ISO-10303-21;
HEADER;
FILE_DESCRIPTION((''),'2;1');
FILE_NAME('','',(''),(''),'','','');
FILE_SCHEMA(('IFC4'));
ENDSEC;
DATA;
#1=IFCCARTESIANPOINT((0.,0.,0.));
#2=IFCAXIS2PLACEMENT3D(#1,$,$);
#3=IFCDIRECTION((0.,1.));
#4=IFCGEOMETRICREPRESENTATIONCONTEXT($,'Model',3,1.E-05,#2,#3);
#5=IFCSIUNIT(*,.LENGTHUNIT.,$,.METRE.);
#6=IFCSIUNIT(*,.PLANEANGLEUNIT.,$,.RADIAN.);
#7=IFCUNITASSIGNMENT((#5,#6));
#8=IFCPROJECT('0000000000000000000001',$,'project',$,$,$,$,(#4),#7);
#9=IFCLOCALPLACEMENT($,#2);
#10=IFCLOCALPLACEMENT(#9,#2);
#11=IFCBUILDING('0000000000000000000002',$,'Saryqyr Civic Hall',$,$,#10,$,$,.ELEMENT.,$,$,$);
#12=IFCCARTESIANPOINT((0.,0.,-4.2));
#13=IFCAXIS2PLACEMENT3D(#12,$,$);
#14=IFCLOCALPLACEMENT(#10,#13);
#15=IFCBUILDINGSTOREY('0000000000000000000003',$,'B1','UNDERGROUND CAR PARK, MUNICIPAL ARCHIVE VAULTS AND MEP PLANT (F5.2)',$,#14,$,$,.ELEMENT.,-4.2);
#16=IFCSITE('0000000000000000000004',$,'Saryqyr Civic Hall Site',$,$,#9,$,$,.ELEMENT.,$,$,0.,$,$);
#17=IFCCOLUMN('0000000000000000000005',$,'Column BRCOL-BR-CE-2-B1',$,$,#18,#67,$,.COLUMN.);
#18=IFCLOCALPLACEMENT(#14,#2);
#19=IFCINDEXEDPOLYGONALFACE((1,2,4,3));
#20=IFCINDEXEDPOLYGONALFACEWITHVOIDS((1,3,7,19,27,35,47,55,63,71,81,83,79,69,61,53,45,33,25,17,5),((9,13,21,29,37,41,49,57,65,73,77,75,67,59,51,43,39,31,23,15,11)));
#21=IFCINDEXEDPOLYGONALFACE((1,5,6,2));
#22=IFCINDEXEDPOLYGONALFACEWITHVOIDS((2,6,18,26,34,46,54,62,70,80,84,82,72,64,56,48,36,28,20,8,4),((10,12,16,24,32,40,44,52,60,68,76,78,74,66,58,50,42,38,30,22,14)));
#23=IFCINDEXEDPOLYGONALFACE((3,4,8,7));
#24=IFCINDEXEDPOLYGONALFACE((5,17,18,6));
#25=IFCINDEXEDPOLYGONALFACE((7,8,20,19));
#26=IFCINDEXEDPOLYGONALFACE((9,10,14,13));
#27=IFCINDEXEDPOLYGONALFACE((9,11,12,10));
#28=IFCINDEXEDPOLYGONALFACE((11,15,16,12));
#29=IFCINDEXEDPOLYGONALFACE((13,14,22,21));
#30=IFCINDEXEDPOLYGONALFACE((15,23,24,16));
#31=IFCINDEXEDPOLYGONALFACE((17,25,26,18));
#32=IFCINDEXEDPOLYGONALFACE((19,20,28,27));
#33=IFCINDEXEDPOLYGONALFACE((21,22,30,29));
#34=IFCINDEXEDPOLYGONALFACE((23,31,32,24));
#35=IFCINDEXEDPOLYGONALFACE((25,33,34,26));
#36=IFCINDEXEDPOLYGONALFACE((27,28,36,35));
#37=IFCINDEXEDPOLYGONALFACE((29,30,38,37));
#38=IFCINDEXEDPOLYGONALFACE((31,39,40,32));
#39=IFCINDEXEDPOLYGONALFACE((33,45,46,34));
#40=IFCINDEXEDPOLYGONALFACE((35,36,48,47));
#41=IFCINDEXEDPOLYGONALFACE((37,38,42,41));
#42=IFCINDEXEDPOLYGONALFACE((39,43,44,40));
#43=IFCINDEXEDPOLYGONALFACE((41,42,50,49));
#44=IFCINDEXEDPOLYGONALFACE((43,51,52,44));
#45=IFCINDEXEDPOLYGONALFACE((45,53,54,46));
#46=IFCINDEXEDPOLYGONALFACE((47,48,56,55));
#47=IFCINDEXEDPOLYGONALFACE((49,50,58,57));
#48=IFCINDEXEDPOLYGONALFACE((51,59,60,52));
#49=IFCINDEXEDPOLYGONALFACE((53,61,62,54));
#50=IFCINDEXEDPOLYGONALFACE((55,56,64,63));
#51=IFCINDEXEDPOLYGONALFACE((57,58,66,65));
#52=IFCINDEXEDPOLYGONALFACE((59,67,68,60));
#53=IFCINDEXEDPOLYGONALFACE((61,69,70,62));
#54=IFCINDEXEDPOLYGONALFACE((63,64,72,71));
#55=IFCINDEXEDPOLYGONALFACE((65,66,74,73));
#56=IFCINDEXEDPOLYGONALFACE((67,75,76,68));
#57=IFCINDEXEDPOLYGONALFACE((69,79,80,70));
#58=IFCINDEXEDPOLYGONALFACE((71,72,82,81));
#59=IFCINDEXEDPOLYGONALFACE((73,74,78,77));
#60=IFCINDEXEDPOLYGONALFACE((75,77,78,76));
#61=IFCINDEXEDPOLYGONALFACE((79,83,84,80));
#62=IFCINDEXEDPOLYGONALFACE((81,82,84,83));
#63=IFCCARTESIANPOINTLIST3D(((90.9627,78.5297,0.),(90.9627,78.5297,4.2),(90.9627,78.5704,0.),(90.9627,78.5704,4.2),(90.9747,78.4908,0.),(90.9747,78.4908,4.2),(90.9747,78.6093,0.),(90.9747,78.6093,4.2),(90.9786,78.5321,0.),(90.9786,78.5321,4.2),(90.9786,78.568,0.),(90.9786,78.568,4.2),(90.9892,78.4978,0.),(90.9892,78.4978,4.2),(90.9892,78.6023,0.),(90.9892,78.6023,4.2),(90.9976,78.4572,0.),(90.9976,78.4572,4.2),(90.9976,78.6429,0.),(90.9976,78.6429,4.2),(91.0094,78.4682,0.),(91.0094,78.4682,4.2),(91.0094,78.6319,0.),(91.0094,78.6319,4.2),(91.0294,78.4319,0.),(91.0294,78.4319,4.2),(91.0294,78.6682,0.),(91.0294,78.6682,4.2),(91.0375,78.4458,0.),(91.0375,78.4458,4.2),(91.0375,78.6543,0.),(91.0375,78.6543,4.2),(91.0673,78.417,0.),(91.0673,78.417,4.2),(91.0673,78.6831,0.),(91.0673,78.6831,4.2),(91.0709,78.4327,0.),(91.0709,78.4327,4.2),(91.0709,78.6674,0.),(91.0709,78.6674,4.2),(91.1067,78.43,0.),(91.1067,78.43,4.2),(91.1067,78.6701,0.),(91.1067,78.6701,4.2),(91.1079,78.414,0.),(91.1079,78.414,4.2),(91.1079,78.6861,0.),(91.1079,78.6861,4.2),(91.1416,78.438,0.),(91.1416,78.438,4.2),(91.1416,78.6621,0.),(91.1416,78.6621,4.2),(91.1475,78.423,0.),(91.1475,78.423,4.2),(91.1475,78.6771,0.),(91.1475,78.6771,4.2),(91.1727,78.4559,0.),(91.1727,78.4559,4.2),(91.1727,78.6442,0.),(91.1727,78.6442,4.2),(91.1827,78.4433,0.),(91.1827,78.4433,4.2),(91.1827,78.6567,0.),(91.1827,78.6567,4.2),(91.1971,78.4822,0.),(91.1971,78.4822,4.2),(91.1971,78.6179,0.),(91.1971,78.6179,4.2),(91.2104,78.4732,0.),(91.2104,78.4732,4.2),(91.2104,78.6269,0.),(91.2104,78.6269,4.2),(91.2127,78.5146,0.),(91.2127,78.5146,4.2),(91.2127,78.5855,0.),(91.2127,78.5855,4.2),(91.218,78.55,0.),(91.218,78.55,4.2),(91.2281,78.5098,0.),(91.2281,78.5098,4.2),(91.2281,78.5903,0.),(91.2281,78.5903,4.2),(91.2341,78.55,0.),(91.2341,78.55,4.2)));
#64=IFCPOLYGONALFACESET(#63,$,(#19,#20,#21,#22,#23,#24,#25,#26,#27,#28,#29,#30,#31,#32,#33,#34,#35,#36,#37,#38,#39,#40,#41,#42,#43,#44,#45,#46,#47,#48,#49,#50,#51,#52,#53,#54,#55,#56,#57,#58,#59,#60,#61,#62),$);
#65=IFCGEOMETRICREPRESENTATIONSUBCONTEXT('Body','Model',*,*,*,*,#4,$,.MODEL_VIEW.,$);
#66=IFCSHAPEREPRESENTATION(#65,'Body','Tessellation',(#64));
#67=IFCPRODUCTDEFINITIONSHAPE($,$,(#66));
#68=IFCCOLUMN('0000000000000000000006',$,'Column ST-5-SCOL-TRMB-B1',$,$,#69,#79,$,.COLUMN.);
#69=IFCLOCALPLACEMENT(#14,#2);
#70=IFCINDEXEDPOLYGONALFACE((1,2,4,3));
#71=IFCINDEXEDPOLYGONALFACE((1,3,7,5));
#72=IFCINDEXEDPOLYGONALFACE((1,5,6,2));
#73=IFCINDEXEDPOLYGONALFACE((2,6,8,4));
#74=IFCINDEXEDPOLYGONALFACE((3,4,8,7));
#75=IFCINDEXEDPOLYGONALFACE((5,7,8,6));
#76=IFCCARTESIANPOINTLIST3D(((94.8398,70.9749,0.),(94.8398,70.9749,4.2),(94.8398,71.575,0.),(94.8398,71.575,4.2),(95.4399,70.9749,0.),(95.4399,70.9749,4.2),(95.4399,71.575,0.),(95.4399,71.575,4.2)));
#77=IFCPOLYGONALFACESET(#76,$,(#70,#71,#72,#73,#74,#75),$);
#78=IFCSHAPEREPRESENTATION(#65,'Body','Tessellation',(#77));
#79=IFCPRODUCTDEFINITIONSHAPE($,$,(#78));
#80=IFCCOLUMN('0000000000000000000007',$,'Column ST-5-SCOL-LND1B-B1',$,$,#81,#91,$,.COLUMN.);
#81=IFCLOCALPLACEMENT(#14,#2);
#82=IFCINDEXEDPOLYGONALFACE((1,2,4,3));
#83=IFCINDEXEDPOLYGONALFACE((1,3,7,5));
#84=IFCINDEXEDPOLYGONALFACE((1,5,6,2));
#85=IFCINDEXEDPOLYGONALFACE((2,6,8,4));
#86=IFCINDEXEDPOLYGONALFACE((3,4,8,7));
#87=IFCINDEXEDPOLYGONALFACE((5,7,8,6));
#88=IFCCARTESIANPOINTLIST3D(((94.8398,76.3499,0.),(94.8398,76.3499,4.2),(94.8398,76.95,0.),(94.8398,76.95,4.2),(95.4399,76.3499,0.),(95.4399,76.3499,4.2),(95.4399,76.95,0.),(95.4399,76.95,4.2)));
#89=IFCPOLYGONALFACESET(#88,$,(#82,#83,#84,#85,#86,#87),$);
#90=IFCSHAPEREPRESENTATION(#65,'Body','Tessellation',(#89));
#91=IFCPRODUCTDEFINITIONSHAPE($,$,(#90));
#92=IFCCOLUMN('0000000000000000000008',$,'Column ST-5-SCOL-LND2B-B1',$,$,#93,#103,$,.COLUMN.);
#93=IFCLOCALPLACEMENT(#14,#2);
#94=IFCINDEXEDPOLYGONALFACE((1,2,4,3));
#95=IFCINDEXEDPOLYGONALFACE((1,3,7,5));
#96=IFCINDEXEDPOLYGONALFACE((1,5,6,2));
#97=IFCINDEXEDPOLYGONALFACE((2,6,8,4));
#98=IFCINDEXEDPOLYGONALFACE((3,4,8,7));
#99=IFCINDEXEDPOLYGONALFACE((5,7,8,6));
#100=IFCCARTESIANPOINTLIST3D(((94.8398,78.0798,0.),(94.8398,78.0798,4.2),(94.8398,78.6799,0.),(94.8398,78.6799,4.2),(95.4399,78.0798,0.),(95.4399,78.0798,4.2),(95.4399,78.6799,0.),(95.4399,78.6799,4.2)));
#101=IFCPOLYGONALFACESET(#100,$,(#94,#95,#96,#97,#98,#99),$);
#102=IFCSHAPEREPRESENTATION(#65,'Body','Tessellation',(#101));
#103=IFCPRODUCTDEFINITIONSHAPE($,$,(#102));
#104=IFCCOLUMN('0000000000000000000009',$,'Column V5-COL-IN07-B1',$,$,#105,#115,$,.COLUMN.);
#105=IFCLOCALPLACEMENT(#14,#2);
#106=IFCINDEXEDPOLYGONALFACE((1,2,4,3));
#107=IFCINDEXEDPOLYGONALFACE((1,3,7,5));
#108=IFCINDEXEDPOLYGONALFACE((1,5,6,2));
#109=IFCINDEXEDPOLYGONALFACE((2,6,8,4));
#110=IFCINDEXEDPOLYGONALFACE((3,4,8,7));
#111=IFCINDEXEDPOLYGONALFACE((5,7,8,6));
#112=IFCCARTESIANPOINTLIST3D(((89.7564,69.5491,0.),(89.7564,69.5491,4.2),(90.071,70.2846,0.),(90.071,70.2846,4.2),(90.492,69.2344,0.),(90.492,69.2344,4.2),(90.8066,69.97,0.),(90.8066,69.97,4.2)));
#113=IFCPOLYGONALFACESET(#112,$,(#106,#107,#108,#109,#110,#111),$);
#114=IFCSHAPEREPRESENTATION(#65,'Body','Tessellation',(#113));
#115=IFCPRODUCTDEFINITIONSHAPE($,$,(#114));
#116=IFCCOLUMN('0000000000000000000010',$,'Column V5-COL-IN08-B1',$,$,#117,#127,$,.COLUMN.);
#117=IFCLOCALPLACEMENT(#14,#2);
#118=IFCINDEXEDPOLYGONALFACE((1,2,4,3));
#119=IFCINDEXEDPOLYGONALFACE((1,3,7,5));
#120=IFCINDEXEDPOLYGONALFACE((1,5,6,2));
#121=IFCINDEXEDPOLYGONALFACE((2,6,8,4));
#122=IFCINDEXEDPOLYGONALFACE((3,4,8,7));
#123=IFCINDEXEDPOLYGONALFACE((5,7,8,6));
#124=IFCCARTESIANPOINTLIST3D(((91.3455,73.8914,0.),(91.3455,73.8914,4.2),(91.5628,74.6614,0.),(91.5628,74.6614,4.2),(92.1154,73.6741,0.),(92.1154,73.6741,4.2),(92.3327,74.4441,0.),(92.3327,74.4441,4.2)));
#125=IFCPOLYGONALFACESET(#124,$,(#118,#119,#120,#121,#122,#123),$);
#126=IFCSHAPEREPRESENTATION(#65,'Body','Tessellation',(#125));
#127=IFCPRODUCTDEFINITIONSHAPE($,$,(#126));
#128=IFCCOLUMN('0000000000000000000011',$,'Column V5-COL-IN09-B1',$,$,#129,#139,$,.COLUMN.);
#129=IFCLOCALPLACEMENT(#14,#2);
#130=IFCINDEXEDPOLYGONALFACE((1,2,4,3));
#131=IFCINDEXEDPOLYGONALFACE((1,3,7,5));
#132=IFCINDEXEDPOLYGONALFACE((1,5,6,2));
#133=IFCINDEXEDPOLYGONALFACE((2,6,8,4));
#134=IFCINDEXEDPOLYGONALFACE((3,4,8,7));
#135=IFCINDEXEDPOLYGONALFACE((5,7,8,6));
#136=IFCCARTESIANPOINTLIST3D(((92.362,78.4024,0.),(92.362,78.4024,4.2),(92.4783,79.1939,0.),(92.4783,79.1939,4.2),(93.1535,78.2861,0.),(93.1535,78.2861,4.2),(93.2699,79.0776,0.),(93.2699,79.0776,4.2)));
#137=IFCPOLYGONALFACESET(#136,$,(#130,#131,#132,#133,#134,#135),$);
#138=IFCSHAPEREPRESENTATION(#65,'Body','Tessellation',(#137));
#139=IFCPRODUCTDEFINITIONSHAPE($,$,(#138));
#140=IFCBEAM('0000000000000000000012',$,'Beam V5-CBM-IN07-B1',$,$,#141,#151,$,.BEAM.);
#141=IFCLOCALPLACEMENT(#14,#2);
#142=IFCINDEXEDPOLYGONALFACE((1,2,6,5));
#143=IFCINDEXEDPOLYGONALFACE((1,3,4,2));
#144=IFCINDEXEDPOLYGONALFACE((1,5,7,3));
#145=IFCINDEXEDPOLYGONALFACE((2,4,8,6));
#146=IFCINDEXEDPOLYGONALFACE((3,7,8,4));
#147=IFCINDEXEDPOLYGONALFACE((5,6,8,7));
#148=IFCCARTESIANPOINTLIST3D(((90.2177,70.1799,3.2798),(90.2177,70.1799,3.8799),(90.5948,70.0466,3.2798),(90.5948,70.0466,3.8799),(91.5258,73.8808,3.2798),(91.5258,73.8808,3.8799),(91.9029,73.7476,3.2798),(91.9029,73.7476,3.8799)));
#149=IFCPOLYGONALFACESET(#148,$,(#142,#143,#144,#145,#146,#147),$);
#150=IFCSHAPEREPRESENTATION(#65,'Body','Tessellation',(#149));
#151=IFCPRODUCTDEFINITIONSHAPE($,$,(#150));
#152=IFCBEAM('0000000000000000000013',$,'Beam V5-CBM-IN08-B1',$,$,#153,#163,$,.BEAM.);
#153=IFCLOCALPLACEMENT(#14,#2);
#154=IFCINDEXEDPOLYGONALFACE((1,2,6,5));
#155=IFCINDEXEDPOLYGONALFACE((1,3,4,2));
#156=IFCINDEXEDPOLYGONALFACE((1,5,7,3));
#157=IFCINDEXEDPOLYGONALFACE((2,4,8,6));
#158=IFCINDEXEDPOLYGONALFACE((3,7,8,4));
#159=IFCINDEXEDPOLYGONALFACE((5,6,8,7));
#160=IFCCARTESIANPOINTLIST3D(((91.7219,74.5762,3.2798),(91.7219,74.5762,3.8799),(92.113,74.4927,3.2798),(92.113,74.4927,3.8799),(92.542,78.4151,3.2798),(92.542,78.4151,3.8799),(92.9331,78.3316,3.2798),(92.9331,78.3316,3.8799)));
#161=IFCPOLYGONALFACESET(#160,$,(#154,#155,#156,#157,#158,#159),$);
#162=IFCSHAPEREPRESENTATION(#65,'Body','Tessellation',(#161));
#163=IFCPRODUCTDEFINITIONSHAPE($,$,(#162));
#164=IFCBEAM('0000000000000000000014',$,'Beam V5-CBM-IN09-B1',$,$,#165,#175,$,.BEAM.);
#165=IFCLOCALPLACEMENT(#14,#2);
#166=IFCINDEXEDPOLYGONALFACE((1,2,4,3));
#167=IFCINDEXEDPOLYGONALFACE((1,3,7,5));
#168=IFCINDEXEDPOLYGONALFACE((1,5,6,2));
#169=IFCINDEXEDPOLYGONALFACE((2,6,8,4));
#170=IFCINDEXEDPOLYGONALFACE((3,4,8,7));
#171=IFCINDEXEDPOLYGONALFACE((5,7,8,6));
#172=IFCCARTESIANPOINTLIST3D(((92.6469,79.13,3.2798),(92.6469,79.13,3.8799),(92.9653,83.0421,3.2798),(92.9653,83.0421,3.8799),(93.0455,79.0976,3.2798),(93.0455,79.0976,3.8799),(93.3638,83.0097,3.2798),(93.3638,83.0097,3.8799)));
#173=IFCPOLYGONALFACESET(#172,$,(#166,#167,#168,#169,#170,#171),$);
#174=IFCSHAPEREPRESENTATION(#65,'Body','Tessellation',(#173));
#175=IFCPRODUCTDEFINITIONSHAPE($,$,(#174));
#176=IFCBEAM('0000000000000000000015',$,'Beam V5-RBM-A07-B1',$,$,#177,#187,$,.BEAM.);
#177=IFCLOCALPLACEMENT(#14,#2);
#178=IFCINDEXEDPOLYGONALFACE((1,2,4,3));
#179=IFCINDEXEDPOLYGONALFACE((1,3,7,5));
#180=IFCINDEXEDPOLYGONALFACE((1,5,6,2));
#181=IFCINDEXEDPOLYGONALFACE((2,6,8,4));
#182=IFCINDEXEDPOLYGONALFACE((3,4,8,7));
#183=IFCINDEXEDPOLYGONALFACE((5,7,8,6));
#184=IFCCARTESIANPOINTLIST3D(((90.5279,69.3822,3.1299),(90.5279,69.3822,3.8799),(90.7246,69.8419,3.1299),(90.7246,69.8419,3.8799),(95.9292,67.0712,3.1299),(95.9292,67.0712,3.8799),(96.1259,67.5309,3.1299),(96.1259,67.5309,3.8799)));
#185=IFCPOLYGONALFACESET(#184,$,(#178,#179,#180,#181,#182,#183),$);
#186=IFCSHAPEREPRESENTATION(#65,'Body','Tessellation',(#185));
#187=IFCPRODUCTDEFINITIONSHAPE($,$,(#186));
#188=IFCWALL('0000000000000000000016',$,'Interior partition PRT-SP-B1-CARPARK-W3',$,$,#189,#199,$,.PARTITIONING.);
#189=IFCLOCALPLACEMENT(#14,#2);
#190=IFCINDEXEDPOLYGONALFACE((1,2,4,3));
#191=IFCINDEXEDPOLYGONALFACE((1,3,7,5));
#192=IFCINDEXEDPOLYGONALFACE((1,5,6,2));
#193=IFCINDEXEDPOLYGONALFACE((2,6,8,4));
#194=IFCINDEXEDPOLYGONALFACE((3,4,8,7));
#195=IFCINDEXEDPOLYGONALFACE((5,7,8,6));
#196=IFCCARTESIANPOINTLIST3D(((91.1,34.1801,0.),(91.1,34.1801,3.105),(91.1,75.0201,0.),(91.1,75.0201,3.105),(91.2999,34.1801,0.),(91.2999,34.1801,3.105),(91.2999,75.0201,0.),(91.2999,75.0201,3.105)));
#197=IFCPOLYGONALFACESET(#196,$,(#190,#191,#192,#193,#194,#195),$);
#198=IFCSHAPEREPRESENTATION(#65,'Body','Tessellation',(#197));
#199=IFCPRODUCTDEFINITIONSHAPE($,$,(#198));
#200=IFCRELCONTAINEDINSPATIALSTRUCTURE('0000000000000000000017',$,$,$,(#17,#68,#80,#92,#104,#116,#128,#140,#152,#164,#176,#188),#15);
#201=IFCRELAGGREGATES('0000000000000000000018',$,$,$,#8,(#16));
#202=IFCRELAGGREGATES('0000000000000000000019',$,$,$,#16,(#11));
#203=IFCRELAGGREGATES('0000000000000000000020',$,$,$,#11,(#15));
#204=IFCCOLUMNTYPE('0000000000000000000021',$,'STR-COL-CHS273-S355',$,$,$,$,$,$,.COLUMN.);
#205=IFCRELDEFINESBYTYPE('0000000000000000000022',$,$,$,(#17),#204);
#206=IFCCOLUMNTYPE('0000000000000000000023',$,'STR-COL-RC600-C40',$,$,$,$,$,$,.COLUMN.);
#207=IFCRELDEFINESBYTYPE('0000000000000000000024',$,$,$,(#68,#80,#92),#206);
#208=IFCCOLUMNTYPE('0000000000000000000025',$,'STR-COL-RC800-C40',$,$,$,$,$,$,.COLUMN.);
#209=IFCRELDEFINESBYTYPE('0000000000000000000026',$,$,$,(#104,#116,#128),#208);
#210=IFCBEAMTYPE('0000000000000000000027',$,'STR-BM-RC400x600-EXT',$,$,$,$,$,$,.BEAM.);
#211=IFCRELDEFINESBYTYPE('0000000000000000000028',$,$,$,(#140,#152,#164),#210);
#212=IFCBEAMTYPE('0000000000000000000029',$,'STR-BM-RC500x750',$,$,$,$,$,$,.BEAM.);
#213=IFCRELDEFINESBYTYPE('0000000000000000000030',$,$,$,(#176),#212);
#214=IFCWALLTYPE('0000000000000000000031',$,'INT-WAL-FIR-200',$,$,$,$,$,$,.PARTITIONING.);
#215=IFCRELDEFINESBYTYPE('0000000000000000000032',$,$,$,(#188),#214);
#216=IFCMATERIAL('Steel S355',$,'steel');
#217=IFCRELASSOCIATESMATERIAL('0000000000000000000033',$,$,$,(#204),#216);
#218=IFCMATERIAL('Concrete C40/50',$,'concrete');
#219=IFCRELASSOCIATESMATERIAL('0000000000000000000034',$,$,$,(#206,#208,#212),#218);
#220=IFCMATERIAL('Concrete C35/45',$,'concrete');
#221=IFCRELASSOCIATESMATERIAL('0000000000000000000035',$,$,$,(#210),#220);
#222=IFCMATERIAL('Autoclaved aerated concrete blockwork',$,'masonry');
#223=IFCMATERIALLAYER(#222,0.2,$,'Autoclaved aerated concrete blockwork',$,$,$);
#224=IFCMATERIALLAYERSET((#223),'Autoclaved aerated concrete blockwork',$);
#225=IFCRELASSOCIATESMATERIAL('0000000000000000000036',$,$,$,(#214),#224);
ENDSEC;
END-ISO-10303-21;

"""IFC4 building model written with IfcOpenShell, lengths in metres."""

from ifc_helpers import new_model, si_unit, direction, frame, frame_2d, origin, origin_2d, place, context, subcontext, project, spatial, rectangle, hollow_circle, extrude, material, layer, layer_set, material_profile, profile_set, type_object, element, save


model = new_model("IFC4")

# Units and contexts
model_context = context("Model", 3, precision=1e-05, world=origin(), true_north=direction((0.0, 1.0)))
body_context = subcontext(model_context, "Body", "Model", "MODEL_VIEW")
ifc_project = project(units=[si_unit("LENGTHUNIT", "METRE"), si_unit("PLANEANGLEUNIT", "RADIAN")], contexts=[model_context])

# Site, building, storey
site_placement = place(None, origin())
site = spatial("IfcSite", under=ifc_project, at=site_placement, Name="Saryqyr Civic Hall Site", CompositionType="ELEMENT", RefElevation=0.0)
building_placement = place(site_placement, origin())
building = spatial("IfcBuilding", under=site, at=building_placement, Name="Saryqyr Civic Hall", CompositionType="ELEMENT")
storey_placement = place(building_placement, frame((0.0, 0.0, -4.2)))
storey = spatial("IfcBuildingStorey", under=building, at=storey_placement, Name="B1", Description="UNDERGROUND CAR PARK, MUNICIPAL ARCHIVE VAULTS AND MEP PLANT (F5.2)", CompositionType="ELEMENT", Elevation=-4.2)

# Shared definitions
ifc_material_1 = material(Name="Concrete C35/45", Category="concrete")

# Columns
ifc_material_2 = material(Name="Steel S355", Category="steel")
ifc_material_profile_1 = material_profile(ifc_material_2, hollow_circle(Radius=0.1365, WallThickness=0.0161, at=origin_2d()), Name="CHS 273x16")
ifc_profile_set_1 = profile_set([ifc_material_profile_1], Name="Steel S355")
column_type_1 = type_object("IfcColumnType", Name="STR-COL-CHS273-S355", PredefinedType="COLUMN", material=ifc_profile_set_1)
column_placement = place(storey_placement, frame((91.0977, 78.55, 0.0), z_axis=(0.0, 0.0, 1.0), x_axis=(1.0, 0.0, 0.0)))
element("IfcColumn", 1, at=column_placement, inside=storey, type_object=column_type_1, Name="Column BRCOL-BR-CE-2-B1", PredefinedType="COLUMN", context=body_context, shape_type="SweptSolid", body=[
    extrude(hollow_circle(Radius=0.1365, WallThickness=0.0161, at=origin_2d()), origin(), (0.0, 0.0, 1.0), 4.2),
])
ifc_material_3 = material(Name="Concrete C40/50", Category="concrete")
ifc_material_profile_2 = material_profile(ifc_material_3, rectangle(XDim=0.6001, YDim=0.6001, at=origin_2d()), Name="RC 600x600")
ifc_profile_set_2 = profile_set([ifc_material_profile_2], Name="Concrete C40/50")
column_type_2 = type_object("IfcColumnType", Name="STR-COL-RC600-C40", PredefinedType="COLUMN", material=ifc_profile_set_2)
for number, where, z_axis, x_axis, name in (
    (2, (95.1399, 71.2749, 0.0), (0.0, 0.0, 1.0), (1.0, 0.0, 0.0), "Column ST-5-SCOL-TRMB-B1"),
    (3, (95.1399, 76.6499, 0.0), (0.0, 0.0, 1.0), (1.0, 0.0, 0.0), "Column ST-5-SCOL-LND1B-B1"),
    (4, (95.1399, 78.3799, 0.0), (0.0, 0.0, 1.0), (1.0, 0.0, 0.0), "Column ST-5-SCOL-LND2B-B1"),
):
    element("IfcColumn", number, at=place(storey_placement, frame(where, z_axis=z_axis, x_axis=x_axis)), inside=storey, type_object=column_type_2, Name=name, PredefinedType="COLUMN", context=body_context, shape_type="SweptSolid", body=[
        extrude(rectangle(XDim=0.6001, YDim=0.6001, at=origin_2d()), origin(), (0.0, 0.0, 1.0), 4.2),
    ])
ifc_material_profile_3 = material_profile(ifc_material_3, rectangle(XDim=0.8, YDim=0.8, at=origin_2d()), Name="RC 800x800")
ifc_profile_set_3 = profile_set([ifc_material_profile_3], Name="Concrete C40/50")
column_type_3 = type_object("IfcColumnType", Name="STR-COL-RC800-C40", PredefinedType="COLUMN", material=ifc_profile_set_3)
for number, where, z_axis, x_axis, name in (
    (5, (90.2815, 69.7595, 0.0), (0.0, 0.0, 1.0), (0.91941, -0.3933, 0.0), "Column V5-COL-IN07-B1"),
    (6, (91.8391, 74.1677, 0.0), (0.0, 0.0, 1.0), (0.962408, -0.271608, 0.0), "Column V5-COL-IN08-B1"),
    (7, (92.8159, 78.74, 0.0), (0.0, 0.0, 1.0), (0.989374, -0.145392, 0.0), "Column V5-COL-IN09-B1"),
):
    element("IfcColumn", number, at=place(storey_placement, frame(where, z_axis=z_axis, x_axis=x_axis)), inside=storey, type_object=column_type_3, Name=name, PredefinedType="COLUMN", context=body_context, shape_type="SweptSolid", body=[
        extrude(rectangle(XDim=0.8, YDim=0.8, at=origin_2d()), origin(), (0.0, 0.0, 1.0), 4.2),
    ])

# Beams
ifc_material_profile_4 = material_profile(ifc_material_1, rectangle(XDim=0.3999, YDim=0.6001, at=origin_2d()), Name="RC 400x600")
ifc_profile_set_4 = profile_set([ifc_material_profile_4], Name="Concrete C35/45")
beam_type_1 = type_object("IfcBeamType", Name="STR-BM-RC400x600-EXT", PredefinedType="BEAM", material=ifc_profile_set_4)
beam_1_placement = place(storey_placement, frame((90.4062, 70.1133, 3.5798), z_axis=(0.33325, 0.942839, 0.0), x_axis=(-0.942839, 0.33325, 0.0)))
element("IfcBeam", 8, at=beam_1_placement, inside=storey, type_object=beam_type_1, Name="Beam V5-CBM-IN07-B1", PredefinedType="BEAM", context=body_context, shape_type="SweptSolid", body=[
    extrude(rectangle(XDim=0.3999, YDim=0.6001, at=origin_2d()), origin(), (0.0, 0.0, 1.0), 3.9253),
])
beam_2_placement = place(storey_placement, frame((91.9175, 74.5344, 3.5798), z_axis=(0.208909, 0.977935, 0.0), x_axis=(-0.977935, 0.208909, 0.0)))
element("IfcBeam", 9, at=beam_2_placement, inside=storey, type_object=beam_type_1, Name="Beam V5-CBM-IN08-B1", PredefinedType="BEAM", context=body_context, shape_type="SweptSolid", body=[
    extrude(rectangle(XDim=0.3999, YDim=0.6001, at=origin_2d()), origin(), (0.0, 0.0, 1.0), 3.9255),
])
beam_3_placement = place(storey_placement, frame((92.8462, 79.1138, 3.5798), z_axis=(0.08111, 0.996705, 0.0), x_axis=(-0.996705, 0.08111, 0.0)))
element("IfcBeam", 10, at=beam_3_placement, inside=storey, type_object=beam_type_1, Name="Beam V5-CBM-IN09-B1", PredefinedType="BEAM", context=body_context, shape_type="SweptSolid", body=[
    extrude(rectangle(XDim=0.3999, YDim=0.6001, at=origin_2d()), origin(), (0.0, 0.0, 1.0), 3.925),
])
ifc_material_profile_5 = material_profile(ifc_material_3, rectangle(XDim=0.5, YDim=0.75, at=origin_2d()), Name="RC 500x750")
ifc_profile_set_5 = profile_set([ifc_material_profile_5], Name="Concrete C40/50")
beam_type_2 = type_object("IfcBeamType", Name="STR-BM-RC500x750", PredefinedType="BEAM", material=ifc_profile_set_5)
beam_4_placement = place(storey_placement, frame((90.6262, 69.6121, 3.5049), z_axis=(0.919381, -0.393368, 0.0), x_axis=(0.393368, 0.919381, 0.0)))
element("IfcBeam", 11, at=beam_4_placement, inside=storey, type_object=beam_type_2, Name="Beam V5-RBM-A07-B1", PredefinedType="BEAM", context=body_context, shape_type="SweptSolid", body=[
    extrude(rectangle(XDim=0.5, YDim=0.75, at=origin_2d()), origin(), (0.0, 0.0, 1.0), 5.875),
])

# Wall
ifc_material_4 = material(Name="Autoclaved aerated concrete blockwork", Category="masonry")
ifc_layer = layer(ifc_material_4, 0.2, Name="Autoclaved aerated concrete blockwork")
ifc_layer_set = layer_set([ifc_layer], Name="Autoclaved aerated concrete blockwork")
wall_type = type_object("IfcWallType", Name="INT-WAL-FIR-200", PredefinedType="PARTITIONING", material=ifc_layer_set)
wall_1_placement = place(storey_placement, frame((91.2, 75.02, 0.0), z_axis=(0.0, 0.0, 1.0), x_axis=(0.0, -1.0, 0.0)))
element("IfcWall", 12, at=wall_1_placement, inside=storey, type_object=wall_type, Name="Interior partition PRT-SP-B1-CARPARK-W3", PredefinedType="PARTITIONING", context=body_context, shape_type="SweptSolid", body=[
    extrude(rectangle(XDim=40.8401, YDim=0.2, at=frame_2d((20.4199, 0.0))), origin(), (0.0, 0.0, 1.0), 3.105),
])

save(model, "model.ifc")
